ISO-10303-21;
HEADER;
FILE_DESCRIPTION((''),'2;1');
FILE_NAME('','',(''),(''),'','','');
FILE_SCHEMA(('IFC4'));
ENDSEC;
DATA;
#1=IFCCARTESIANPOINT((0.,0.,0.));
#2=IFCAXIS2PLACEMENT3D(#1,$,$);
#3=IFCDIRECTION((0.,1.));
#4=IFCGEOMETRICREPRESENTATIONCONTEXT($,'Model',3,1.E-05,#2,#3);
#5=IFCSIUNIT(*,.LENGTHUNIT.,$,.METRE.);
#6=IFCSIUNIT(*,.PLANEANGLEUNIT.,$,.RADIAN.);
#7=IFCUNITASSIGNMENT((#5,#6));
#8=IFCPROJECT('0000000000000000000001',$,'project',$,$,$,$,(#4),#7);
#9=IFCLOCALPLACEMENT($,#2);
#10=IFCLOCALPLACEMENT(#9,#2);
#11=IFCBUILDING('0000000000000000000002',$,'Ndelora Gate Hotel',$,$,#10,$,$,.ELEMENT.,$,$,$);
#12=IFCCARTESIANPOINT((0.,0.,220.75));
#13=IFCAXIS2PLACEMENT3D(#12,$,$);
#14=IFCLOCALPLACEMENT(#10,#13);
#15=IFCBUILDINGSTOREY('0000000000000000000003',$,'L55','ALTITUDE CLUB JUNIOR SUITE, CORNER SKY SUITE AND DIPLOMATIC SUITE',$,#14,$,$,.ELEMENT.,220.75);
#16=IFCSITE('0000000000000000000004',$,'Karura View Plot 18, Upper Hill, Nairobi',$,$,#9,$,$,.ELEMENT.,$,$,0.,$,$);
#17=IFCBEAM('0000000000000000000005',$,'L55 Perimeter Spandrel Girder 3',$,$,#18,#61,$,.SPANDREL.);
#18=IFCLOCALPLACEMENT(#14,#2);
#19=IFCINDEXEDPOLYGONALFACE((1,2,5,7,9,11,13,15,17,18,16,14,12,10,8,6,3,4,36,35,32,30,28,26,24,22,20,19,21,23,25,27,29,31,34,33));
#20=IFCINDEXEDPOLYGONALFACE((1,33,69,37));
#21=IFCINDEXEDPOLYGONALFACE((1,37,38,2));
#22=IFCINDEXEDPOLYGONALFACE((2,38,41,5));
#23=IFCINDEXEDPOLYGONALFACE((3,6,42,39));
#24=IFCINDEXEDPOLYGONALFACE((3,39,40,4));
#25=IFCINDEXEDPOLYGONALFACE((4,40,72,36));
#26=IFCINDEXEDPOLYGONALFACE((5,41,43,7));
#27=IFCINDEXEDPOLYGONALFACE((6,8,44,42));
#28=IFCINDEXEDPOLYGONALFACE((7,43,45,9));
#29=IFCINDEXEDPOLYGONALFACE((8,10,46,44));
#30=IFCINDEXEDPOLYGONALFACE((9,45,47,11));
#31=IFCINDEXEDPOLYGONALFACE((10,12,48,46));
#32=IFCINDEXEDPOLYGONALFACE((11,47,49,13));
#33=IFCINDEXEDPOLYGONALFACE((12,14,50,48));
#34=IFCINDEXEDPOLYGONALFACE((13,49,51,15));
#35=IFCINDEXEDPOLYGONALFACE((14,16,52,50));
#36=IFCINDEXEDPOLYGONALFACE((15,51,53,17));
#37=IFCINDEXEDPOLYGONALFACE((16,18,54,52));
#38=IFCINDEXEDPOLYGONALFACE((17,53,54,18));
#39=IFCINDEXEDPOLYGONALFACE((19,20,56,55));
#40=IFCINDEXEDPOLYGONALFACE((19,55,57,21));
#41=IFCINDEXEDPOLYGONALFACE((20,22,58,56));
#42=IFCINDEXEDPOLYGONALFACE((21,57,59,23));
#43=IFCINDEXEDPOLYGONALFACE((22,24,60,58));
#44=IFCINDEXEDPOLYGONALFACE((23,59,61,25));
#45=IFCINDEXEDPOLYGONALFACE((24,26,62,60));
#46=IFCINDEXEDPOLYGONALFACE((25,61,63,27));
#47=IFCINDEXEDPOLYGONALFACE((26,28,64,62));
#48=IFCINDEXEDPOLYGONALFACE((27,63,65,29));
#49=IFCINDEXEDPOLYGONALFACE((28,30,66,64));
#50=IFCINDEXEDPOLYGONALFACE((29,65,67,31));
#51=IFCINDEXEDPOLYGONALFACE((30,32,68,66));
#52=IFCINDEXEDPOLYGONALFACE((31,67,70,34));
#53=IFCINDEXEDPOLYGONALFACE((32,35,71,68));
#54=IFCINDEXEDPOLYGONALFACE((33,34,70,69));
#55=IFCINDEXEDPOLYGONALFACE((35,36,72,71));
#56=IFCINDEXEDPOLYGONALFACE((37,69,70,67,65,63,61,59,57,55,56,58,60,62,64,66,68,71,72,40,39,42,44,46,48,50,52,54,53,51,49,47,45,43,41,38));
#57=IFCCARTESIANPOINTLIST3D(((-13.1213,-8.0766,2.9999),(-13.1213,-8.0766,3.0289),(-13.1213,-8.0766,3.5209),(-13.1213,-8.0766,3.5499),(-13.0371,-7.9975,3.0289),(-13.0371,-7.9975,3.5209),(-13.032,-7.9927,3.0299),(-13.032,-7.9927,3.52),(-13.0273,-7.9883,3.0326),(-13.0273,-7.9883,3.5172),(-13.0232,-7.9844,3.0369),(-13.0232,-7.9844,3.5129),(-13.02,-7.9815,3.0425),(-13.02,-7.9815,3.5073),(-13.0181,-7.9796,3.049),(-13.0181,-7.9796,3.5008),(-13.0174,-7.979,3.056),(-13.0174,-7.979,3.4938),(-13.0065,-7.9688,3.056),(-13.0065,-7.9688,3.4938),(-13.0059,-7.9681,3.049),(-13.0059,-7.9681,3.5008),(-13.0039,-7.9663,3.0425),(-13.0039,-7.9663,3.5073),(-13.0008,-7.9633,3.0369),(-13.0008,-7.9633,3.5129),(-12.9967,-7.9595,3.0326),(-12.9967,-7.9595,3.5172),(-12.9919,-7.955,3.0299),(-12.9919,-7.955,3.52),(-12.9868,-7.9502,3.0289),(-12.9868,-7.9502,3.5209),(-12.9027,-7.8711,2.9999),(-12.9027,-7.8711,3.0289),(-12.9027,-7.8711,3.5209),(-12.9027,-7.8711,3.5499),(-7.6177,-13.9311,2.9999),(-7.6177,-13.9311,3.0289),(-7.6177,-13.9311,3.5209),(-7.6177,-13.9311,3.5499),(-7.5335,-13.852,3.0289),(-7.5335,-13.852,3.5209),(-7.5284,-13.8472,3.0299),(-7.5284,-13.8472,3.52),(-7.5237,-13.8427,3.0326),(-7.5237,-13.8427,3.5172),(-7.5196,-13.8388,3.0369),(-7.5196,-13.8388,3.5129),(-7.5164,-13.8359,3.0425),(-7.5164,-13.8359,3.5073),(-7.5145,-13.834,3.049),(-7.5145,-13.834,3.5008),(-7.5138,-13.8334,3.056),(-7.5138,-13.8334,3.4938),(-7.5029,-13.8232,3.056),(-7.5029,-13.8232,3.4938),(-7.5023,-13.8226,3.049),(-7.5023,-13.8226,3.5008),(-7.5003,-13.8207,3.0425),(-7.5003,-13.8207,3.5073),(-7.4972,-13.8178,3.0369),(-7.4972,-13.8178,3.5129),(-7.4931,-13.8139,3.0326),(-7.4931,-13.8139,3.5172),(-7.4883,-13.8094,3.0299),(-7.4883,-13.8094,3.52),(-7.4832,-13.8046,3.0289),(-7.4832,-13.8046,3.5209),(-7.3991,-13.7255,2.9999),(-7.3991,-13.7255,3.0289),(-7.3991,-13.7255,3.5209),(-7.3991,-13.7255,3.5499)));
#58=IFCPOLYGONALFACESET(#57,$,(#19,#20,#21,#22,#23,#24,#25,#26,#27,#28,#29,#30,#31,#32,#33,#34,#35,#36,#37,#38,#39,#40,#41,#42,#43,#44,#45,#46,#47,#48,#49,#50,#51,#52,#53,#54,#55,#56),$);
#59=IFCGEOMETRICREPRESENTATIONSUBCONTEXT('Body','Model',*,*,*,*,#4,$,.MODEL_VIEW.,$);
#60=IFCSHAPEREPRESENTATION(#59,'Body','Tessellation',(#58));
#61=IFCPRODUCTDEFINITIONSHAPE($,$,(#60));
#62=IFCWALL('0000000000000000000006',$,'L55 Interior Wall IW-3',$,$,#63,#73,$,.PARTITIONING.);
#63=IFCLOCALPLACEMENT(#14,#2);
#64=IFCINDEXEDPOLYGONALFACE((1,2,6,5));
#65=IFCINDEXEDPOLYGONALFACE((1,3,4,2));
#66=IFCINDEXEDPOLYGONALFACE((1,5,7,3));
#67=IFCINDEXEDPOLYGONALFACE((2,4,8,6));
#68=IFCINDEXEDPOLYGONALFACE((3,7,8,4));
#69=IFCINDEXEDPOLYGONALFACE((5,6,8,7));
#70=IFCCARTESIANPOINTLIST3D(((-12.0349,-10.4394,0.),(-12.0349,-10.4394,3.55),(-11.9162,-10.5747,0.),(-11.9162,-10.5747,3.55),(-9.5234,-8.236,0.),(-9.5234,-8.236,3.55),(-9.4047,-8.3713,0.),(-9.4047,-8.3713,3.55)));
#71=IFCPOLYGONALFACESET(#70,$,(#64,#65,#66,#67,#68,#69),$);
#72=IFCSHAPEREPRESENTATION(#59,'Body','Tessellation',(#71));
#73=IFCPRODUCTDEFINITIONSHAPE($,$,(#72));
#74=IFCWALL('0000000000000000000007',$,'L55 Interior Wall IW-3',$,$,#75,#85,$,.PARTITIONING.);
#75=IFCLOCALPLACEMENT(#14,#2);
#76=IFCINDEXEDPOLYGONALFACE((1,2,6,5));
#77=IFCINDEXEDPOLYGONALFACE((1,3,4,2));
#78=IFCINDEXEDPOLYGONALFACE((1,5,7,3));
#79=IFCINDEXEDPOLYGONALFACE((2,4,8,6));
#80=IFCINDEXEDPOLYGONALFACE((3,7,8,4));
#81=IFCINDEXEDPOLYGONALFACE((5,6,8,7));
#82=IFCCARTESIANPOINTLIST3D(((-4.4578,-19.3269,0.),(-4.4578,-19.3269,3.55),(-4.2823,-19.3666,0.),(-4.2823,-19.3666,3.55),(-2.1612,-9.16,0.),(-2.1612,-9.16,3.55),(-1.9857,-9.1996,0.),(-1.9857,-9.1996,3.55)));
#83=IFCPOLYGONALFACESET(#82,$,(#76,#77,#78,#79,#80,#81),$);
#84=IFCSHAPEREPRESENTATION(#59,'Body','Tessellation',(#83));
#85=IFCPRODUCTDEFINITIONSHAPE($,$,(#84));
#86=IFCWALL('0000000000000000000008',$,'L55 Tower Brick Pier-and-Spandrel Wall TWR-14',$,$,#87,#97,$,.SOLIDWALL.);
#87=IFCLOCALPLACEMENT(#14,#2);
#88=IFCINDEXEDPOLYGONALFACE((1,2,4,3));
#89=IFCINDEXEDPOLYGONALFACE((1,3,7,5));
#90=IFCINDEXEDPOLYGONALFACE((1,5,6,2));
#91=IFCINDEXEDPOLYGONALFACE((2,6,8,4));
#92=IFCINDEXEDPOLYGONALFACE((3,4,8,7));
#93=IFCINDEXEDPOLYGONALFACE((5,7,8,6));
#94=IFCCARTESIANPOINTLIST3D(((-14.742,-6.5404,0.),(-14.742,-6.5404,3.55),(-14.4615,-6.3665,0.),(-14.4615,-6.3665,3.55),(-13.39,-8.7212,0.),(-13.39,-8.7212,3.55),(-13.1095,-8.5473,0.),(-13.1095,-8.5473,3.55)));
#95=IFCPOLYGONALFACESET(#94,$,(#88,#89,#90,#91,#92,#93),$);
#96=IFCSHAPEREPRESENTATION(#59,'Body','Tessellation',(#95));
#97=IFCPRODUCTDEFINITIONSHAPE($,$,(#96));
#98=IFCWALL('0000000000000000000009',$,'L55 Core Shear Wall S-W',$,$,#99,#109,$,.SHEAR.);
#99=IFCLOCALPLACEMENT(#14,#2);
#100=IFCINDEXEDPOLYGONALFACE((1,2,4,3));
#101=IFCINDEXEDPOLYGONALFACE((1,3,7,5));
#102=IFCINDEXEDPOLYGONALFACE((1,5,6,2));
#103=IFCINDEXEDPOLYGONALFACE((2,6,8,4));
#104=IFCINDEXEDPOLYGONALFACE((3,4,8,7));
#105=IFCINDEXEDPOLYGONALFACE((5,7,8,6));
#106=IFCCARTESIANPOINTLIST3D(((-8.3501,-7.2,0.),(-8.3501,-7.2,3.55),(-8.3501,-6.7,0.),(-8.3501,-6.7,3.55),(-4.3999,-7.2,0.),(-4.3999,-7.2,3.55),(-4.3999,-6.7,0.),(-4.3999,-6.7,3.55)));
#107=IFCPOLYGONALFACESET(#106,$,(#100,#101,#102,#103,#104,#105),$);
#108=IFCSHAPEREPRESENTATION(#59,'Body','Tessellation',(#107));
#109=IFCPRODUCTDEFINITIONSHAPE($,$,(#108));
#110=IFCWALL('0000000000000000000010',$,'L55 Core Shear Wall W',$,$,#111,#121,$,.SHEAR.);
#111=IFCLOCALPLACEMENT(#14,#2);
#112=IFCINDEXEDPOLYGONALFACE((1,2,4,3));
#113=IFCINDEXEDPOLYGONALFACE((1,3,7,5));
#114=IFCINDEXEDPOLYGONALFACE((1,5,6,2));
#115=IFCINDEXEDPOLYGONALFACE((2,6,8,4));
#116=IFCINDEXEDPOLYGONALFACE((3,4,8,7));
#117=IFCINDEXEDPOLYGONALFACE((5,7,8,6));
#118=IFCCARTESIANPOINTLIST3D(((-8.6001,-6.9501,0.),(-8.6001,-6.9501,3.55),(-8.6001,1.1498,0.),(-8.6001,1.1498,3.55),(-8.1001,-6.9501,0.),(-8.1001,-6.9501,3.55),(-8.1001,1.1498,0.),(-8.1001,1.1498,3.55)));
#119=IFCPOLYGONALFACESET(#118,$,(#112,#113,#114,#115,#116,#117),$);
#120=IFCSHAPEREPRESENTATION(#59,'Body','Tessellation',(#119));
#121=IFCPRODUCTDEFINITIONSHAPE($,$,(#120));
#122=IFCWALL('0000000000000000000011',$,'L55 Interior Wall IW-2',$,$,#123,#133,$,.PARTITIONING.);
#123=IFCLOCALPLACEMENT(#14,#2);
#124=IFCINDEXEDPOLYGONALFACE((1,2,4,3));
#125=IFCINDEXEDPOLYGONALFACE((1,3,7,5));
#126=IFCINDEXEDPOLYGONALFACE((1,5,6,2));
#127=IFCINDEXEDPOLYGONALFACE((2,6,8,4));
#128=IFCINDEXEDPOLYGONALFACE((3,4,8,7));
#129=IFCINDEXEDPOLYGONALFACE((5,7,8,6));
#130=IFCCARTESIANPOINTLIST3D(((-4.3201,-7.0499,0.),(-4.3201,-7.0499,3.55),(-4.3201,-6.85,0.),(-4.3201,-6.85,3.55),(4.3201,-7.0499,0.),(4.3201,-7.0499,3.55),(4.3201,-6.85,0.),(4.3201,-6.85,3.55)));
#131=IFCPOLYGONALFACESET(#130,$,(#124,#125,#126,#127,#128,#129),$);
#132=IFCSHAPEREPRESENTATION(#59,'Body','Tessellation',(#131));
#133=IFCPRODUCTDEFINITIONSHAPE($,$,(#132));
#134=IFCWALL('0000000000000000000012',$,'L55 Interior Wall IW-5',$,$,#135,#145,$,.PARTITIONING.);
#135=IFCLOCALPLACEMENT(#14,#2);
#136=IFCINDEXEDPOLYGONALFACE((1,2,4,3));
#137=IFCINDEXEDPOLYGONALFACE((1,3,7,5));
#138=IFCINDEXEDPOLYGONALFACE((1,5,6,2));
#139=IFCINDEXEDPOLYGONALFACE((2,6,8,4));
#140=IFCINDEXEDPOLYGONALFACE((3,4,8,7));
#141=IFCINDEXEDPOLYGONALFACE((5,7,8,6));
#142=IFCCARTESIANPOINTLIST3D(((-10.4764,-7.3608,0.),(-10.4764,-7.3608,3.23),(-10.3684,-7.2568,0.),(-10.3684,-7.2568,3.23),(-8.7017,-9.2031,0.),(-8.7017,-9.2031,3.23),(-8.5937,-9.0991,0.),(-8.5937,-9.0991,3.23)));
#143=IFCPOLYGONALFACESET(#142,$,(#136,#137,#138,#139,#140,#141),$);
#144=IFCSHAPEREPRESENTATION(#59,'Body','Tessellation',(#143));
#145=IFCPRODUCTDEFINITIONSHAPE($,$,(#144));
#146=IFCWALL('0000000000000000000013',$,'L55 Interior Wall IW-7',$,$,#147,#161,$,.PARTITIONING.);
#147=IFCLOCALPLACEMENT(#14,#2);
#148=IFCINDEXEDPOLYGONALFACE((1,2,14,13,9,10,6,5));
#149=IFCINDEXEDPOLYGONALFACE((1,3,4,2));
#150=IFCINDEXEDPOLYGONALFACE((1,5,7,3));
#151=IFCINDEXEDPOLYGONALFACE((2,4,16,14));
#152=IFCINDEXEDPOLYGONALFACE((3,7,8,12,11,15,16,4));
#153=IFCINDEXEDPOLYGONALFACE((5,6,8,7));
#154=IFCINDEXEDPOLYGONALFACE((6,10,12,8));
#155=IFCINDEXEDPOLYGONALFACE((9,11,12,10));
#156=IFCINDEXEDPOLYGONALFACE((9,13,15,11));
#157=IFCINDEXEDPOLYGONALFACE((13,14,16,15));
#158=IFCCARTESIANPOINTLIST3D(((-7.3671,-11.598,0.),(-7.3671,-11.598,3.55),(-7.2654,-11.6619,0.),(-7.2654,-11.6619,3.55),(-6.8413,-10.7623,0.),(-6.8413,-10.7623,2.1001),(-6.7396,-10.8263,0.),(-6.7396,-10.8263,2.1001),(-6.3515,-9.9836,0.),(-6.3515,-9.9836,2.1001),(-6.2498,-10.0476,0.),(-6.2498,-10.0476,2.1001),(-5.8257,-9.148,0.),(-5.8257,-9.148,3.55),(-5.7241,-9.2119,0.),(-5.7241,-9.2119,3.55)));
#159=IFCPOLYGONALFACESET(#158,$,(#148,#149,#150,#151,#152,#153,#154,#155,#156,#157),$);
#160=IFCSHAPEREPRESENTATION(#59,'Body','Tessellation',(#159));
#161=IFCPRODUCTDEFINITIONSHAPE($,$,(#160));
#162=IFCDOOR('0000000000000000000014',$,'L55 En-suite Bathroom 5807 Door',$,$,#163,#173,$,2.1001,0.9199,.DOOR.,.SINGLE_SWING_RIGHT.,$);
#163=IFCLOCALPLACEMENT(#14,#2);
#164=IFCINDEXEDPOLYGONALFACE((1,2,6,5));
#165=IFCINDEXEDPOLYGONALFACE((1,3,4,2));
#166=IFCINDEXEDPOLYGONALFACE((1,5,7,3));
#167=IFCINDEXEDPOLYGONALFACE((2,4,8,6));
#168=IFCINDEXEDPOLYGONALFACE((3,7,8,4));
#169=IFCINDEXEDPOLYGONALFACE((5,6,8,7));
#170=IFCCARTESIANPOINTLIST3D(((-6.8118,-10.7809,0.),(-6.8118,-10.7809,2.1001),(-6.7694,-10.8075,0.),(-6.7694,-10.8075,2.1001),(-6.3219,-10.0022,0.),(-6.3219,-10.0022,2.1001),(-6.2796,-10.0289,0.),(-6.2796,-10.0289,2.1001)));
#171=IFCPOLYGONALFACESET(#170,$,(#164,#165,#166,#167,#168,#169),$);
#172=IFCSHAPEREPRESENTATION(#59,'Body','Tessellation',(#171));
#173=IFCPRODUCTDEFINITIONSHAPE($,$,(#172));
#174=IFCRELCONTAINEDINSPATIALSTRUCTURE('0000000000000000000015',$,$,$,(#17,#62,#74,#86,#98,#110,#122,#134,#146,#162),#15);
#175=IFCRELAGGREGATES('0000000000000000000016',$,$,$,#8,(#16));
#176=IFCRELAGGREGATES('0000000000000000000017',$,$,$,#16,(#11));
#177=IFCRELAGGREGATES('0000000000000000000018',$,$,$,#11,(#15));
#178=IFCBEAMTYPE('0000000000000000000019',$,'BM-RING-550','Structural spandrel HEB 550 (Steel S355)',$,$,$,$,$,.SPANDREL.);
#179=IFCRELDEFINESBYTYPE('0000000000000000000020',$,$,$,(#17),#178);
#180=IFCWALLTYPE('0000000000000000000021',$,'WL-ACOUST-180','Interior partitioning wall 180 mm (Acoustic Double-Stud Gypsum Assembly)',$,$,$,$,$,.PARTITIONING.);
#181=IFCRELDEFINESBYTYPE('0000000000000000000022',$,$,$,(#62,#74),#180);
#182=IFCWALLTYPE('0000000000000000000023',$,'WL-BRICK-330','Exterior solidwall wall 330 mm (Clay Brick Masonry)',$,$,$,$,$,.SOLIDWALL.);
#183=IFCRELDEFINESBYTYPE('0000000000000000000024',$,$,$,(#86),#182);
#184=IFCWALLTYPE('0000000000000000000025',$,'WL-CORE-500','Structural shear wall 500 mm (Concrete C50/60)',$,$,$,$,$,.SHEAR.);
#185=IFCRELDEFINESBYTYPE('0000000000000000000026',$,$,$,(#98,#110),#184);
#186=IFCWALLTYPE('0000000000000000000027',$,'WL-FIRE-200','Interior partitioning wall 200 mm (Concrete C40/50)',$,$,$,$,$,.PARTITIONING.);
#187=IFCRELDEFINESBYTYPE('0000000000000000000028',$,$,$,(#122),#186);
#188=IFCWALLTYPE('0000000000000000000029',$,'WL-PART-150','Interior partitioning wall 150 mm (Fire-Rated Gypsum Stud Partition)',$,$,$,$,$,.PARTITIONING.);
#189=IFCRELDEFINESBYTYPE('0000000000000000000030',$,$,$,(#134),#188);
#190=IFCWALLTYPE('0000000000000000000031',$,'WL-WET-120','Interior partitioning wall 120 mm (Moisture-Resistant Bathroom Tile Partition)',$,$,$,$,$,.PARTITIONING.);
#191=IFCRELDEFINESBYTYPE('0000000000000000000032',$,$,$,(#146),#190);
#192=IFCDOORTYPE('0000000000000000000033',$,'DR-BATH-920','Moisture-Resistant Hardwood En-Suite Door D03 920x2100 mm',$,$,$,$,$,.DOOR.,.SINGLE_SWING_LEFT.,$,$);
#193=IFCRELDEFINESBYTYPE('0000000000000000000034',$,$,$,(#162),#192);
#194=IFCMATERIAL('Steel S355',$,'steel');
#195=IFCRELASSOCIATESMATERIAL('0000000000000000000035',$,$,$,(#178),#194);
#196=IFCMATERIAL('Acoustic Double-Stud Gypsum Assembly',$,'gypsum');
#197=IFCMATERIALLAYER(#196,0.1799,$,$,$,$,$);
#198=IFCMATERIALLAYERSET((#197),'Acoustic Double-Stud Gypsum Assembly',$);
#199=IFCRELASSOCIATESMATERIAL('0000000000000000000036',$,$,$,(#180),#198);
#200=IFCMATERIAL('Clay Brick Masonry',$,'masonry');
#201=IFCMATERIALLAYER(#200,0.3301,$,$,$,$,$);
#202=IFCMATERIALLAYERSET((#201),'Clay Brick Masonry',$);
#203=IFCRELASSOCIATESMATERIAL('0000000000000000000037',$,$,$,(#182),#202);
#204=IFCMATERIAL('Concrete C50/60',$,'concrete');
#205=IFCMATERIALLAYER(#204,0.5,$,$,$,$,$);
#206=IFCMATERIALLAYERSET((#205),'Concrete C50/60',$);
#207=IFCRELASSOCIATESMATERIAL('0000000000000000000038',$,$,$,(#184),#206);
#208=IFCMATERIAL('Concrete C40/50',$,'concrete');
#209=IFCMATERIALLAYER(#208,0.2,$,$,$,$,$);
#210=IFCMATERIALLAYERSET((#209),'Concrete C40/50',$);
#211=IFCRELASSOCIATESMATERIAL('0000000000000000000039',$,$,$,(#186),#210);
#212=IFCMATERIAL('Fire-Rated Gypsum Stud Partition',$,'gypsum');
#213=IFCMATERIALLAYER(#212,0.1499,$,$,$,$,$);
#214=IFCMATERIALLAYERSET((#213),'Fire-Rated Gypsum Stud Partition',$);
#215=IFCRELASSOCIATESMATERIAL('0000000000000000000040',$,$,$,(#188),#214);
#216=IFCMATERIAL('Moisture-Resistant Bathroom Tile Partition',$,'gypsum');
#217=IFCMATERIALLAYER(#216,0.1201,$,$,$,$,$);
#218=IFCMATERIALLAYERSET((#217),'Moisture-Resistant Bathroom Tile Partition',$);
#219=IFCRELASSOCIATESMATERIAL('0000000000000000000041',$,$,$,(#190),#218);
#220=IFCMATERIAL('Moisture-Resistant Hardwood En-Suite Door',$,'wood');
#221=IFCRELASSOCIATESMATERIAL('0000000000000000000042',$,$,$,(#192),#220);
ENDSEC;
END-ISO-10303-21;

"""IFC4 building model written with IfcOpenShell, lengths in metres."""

from ifc_helpers import new_model, si_unit, direction, frame, frame_2d, origin, origin_2d, place, context, subcontext, project, spatial, rectangle, i_section, extrude, material, layer, layer_set, material_profile, profile_set, type_object, element, fill, save


model = new_model("IFC4")

# Units and contexts
model_context = context("Model", 3, precision=1e-05, world=origin(), true_north=direction((0.0, 1.0)))
body_context = subcontext(model_context, "Body", "Model", "MODEL_VIEW")
ifc_project = project(units=[si_unit("LENGTHUNIT", "METRE"), si_unit("PLANEANGLEUNIT", "RADIAN")], contexts=[model_context])

# Site, building, storey
site_placement = place(None, origin())
site = spatial("IfcSite", under=ifc_project, at=site_placement, Name="Karura View Plot 18, Upper Hill, Nairobi", CompositionType="ELEMENT", RefElevation=0.0)
building_placement = place(site_placement, origin())
building = spatial("IfcBuilding", under=site, at=building_placement, Name="Ndelora Gate Hotel", CompositionType="ELEMENT")
storey_placement = place(building_placement, frame((0.0, 0.0, 220.75)))
storey = spatial("IfcBuildingStorey", under=building, at=storey_placement, Name="L55", Description="ALTITUDE CLUB JUNIOR SUITE, CORNER SKY SUITE AND DIPLOMATIC SUITE", CompositionType="ELEMENT", Elevation=220.75)

# Shared definitions
ifc_material_1 = material(Name="Concrete C50/60", Category="concrete")

# Beam
ifc_material_2 = material(Name="Steel S355", Category="steel")
ifc_material_profile_1 = material_profile(ifc_material_2, i_section(OverallWidth=0.3, OverallDepth=0.55, WebThickness=0.0149, FlangeThickness=0.0291, FilletRadius=0.0271, at=origin_2d()), Name="HEB 550")
ifc_profile_set_1 = profile_set([ifc_material_profile_1], Name="Steel S355")
beam_type_1 = type_object("IfcBeamType", Name="BM-RING-550", Description="Structural spandrel HEB 550 (Steel S355)", PredefinedType="SPANDREL", material=ifc_profile_set_1)
beam_1_placement = place(storey_placement, frame((-13.012, -7.9739, 3.2749), z_axis=(0.684939, -0.7286, 0.0), x_axis=(0.7286, 0.684939, 0.0)))
element("IfcBeam", 1, at=beam_1_placement, inside=storey, type_object=beam_type_1, Name="L55 Perimeter Spandrel Girder 3", PredefinedType="SPANDREL", context=body_context, shape_type="SweptSolid", body=[
    extrude(i_section(OverallWidth=0.3, OverallDepth=0.55, WebThickness=0.0149, FlangeThickness=0.0291, FilletRadius=0.0271, at=origin_2d()), origin(), (0.0, 0.0, 1.0), 8.0352),
])

# Walls
ifc_material_3 = material(Name="Acoustic Double-Stud Gypsum Assembly", Category="gypsum")
ifc_layer_1 = layer(ifc_material_3, 0.1799)
ifc_layer_set_1 = layer_set([ifc_layer_1], Name="Acoustic Double-Stud Gypsum Assembly")
wall_type_1 = type_object("IfcWallType", Name="WL-ACOUST-180", Description="Interior partitioning wall 180 mm (Acoustic Double-Stud Gypsum Assembly)", PredefinedType="PARTITIONING", material=ifc_layer_set_1)
wall_1_placement = place(storey_placement, frame((-9.4641, -8.3037, 0.0), z_axis=(0.0, 0.0, 1.0), x_axis=(-0.751711, -0.659492, 0.0)))
element("IfcWall", 2, at=wall_1_placement, inside=storey, type_object=wall_type_1, Name="L55 Interior Wall IW-3", PredefinedType="PARTITIONING", context=body_context, shape_type="SweptSolid", body=[
    extrude(rectangle(XDim=3.3411, YDim=0.1799, at=frame_2d((1.6704, 0.0))), origin(), (0.0, 0.0, 1.0), 3.55),
])
wall_2_placement = place(storey_placement, frame((-2.0735, -9.1799, 0.0), z_axis=(0.0, 0.0, 1.0), x_axis=(-0.220339, -0.975423, 0.0)))
element("IfcWall", 3, at=wall_2_placement, inside=storey, type_object=wall_type_1, Name="L55 Interior Wall IW-3", PredefinedType="PARTITIONING", context=body_context, shape_type="SweptSolid", body=[
    extrude(rectangle(XDim=10.4231, YDim=0.1799, at=frame_2d((5.2114, 0.0))), origin(), (0.0, 0.0, 1.0), 3.55),
])
ifc_material_4 = material(Name="Clay Brick Masonry", Category="masonry")
ifc_layer_2 = layer(ifc_material_4, 0.3301)
ifc_layer_set_2 = layer_set([ifc_layer_2], Name="Clay Brick Masonry")
wall_type_2 = type_object("IfcWallType", Name="WL-BRICK-330", Description="Exterior solidwall wall 330 mm (Clay Brick Masonry)", PredefinedType="SOLIDWALL", material=ifc_layer_set_2)
wall_3_placement = place(storey_placement, frame((-13.2498, -8.6343, 0.0), z_axis=(0.0, 0.0, 1.0), x_axis=(-0.526908, 0.849922, 0.0)))
element("IfcWall", 4, at=wall_3_placement, inside=storey, type_object=wall_type_2, Name="L55 Tower Brick Pier-and-Spandrel Wall TWR-14", PredefinedType="SOLIDWALL", context=body_context, shape_type="SweptSolid", body=[
    extrude(rectangle(XDim=2.5659, YDim=0.3301, at=frame_2d((1.283, 0.0))), origin(), (0.0, 0.0, 1.0), 3.55),
])
ifc_layer_3 = layer(ifc_material_1, 0.5)
ifc_layer_set_3 = layer_set([ifc_layer_3], Name="Concrete C50/60")
wall_type_3 = type_object("IfcWallType", Name="WL-CORE-500", Description="Structural shear wall 500 mm (Concrete C50/60)", PredefinedType="SHEAR", material=ifc_layer_set_3)
wall_4_placement = place(storey_placement, frame((-8.3501, -6.95, 0.0), z_axis=(0.0, 0.0, 1.0), x_axis=(1.0, 0.0, 0.0)))
element("IfcWall", 5, at=wall_4_placement, inside=storey, type_object=wall_type_3, Name="L55 Core Shear Wall S-W", PredefinedType="SHEAR", context=body_context, shape_type="SweptSolid", body=[
    extrude(rectangle(XDim=3.9502, YDim=0.5, at=frame_2d((1.9751, 0.0))), origin(), (0.0, 0.0, 1.0), 3.55),
])
wall_5_placement = place(storey_placement, frame((-8.3501, -6.95, 0.0), z_axis=(0.0, 0.0, 1.0), x_axis=(0.0, 1.0, 0.0)))
element("IfcWall", 6, at=wall_5_placement, inside=storey, type_object=wall_type_3, Name="L55 Core Shear Wall W", PredefinedType="SHEAR", context=body_context, shape_type="SweptSolid", body=[
    extrude(rectangle(XDim=8.0999, YDim=0.5, at=frame_2d((4.0498, 0.0))), origin(), (0.0, 0.0, 1.0), 3.55),
])
ifc_material_5 = material(Name="Concrete C40/50", Category="concrete")
ifc_layer_4 = layer(ifc_material_5, 0.2)
ifc_layer_set_4 = layer_set([ifc_layer_4], Name="Concrete C40/50")
wall_type_4 = type_object("IfcWallType", Name="WL-FIRE-200", Description="Interior partitioning wall 200 mm (Concrete C40/50)", PredefinedType="PARTITIONING", material=ifc_layer_set_4)
wall_6_placement = place(storey_placement, frame((-4.3201, -6.95, 0.0), z_axis=(0.0, 0.0, 1.0), x_axis=(1.0, 0.0, 0.0)))
element("IfcWall", 7, at=wall_6_placement, inside=storey, type_object=wall_type_4, Name="L55 Interior Wall IW-2", PredefinedType="PARTITIONING", context=body_context, shape_type="SweptSolid", body=[
    extrude(rectangle(XDim=8.6401, YDim=0.2, at=frame_2d((4.3201, 0.0))), origin(), (0.0, 0.0, 1.0), 3.55),
])

# Shared definitions
ifc_material_6 = material(Name="Fire-Rated Gypsum Stud Partition", Category="gypsum")
ifc_layer_5 = layer(ifc_material_6, 0.1499)
ifc_layer_set_5 = layer_set([ifc_layer_5], Name="Fire-Rated Gypsum Stud Partition")
wall_type_5 = type_object("IfcWallType", Name="WL-PART-150", Description="Interior partitioning wall 150 mm (Fire-Rated Gypsum Stud Partition)", PredefinedType="PARTITIONING", material=ifc_layer_set_5)

# Wall
wall_7_placement = place(storey_placement, frame((-8.6477, -9.1511, 0.0), z_axis=(0.0, 0.0, 1.0), x_axis=(-0.693765, 0.720202, 0.0)))
element("IfcWall", 8, at=wall_7_placement, inside=storey, type_object=wall_type_5, Name="L55 Interior Wall IW-5", PredefinedType="PARTITIONING", context=body_context, shape_type="SweptSolid", body=[
    extrude(rectangle(XDim=2.5581, YDim=0.1499, at=frame_2d((1.2791, 0.0))), origin(), (0.0, 0.0, 1.0), 3.23),
])

# Wall, opening, door
ifc_material_7 = material(Name="Moisture-Resistant Bathroom Tile Partition", Category="gypsum")
ifc_layer_6 = layer(ifc_material_7, 0.1201)
ifc_layer_set_6 = layer_set([ifc_layer_6], Name="Moisture-Resistant Bathroom Tile Partition")
wall_type_6 = type_object("IfcWallType", Name="WL-WET-120", Description="Interior partitioning wall 120 mm (Moisture-Resistant Bathroom Tile Partition)", PredefinedType="PARTITIONING", material=ifc_layer_set_6)
wall_8_placement = place(storey_placement, frame((-5.7749, -9.1799, 0.0), z_axis=(0.0, 0.0, 1.0), x_axis=(-0.532491, -0.846436, 0.0)))
wall_8 = element("IfcWall", 9, at=wall_8_placement, inside=storey, type_object=wall_type_6, Name="L55 Interior Wall IW-7", PredefinedType="PARTITIONING", context=body_context, shape_type="SweptSolid", body=[
    extrude(rectangle(XDim=2.8945, YDim=0.1201, at=frame_2d((1.4473, 0.0))), origin(), (0.0, 0.0, 1.0), 3.55),
])
opening_1_placement = place(wall_8_placement, frame((0.9873, 0.0, 0.0)))
opening_1 = element("IfcOpeningElement", 10, at=opening_1_placement, cuts=wall_8, PredefinedType="OPENING", context=body_context, shape_type="SweptSolid", body=[
    extrude(rectangle(XDim=0.9199, YDim=2.1001, at=frame_2d((0.46, 1.05))), frame((0.0, 0.0701, 0.0), z_axis=(0.0, -1.0, 0.0), x_axis=(1.0, 0.0, 0.0)), (0.0, 0.0, 1.0), 0.1401),
])
ifc_material_8 = material(Name="Moisture-Resistant Hardwood En-Suite Door", Category="wood")
door_type_1 = type_object("IfcDoorType", Name="DR-BATH-920", Description="Moisture-Resistant Hardwood En-Suite Door D03 920x2100 mm", OperationType="SINGLE_SWING_LEFT", PredefinedType="DOOR", material=ifc_material_8)
door_1_placement = place(opening_1_placement, origin())
door_1 = element("IfcDoor", 11, at=door_1_placement, inside=storey, type_object=door_type_1, Name="L55 En-suite Bathroom 5807 Door", OperationType="SINGLE_SWING_RIGHT", OverallHeight=2.1001, OverallWidth=0.9199, PredefinedType="DOOR", context=body_context, shape_type="SweptSolid", body=[
    extrude(rectangle(XDim=0.9199, YDim=2.1001, at=frame_2d((0.46, 1.05))), frame((0.0, 0.0249, 0.0), z_axis=(0.0, -1.0, 0.0), x_axis=(1.0, 0.0, 0.0)), (0.0, 0.0, 1.0), 0.05),
])
fill(opening_1, door_1)

save(model, "model.ifc")
